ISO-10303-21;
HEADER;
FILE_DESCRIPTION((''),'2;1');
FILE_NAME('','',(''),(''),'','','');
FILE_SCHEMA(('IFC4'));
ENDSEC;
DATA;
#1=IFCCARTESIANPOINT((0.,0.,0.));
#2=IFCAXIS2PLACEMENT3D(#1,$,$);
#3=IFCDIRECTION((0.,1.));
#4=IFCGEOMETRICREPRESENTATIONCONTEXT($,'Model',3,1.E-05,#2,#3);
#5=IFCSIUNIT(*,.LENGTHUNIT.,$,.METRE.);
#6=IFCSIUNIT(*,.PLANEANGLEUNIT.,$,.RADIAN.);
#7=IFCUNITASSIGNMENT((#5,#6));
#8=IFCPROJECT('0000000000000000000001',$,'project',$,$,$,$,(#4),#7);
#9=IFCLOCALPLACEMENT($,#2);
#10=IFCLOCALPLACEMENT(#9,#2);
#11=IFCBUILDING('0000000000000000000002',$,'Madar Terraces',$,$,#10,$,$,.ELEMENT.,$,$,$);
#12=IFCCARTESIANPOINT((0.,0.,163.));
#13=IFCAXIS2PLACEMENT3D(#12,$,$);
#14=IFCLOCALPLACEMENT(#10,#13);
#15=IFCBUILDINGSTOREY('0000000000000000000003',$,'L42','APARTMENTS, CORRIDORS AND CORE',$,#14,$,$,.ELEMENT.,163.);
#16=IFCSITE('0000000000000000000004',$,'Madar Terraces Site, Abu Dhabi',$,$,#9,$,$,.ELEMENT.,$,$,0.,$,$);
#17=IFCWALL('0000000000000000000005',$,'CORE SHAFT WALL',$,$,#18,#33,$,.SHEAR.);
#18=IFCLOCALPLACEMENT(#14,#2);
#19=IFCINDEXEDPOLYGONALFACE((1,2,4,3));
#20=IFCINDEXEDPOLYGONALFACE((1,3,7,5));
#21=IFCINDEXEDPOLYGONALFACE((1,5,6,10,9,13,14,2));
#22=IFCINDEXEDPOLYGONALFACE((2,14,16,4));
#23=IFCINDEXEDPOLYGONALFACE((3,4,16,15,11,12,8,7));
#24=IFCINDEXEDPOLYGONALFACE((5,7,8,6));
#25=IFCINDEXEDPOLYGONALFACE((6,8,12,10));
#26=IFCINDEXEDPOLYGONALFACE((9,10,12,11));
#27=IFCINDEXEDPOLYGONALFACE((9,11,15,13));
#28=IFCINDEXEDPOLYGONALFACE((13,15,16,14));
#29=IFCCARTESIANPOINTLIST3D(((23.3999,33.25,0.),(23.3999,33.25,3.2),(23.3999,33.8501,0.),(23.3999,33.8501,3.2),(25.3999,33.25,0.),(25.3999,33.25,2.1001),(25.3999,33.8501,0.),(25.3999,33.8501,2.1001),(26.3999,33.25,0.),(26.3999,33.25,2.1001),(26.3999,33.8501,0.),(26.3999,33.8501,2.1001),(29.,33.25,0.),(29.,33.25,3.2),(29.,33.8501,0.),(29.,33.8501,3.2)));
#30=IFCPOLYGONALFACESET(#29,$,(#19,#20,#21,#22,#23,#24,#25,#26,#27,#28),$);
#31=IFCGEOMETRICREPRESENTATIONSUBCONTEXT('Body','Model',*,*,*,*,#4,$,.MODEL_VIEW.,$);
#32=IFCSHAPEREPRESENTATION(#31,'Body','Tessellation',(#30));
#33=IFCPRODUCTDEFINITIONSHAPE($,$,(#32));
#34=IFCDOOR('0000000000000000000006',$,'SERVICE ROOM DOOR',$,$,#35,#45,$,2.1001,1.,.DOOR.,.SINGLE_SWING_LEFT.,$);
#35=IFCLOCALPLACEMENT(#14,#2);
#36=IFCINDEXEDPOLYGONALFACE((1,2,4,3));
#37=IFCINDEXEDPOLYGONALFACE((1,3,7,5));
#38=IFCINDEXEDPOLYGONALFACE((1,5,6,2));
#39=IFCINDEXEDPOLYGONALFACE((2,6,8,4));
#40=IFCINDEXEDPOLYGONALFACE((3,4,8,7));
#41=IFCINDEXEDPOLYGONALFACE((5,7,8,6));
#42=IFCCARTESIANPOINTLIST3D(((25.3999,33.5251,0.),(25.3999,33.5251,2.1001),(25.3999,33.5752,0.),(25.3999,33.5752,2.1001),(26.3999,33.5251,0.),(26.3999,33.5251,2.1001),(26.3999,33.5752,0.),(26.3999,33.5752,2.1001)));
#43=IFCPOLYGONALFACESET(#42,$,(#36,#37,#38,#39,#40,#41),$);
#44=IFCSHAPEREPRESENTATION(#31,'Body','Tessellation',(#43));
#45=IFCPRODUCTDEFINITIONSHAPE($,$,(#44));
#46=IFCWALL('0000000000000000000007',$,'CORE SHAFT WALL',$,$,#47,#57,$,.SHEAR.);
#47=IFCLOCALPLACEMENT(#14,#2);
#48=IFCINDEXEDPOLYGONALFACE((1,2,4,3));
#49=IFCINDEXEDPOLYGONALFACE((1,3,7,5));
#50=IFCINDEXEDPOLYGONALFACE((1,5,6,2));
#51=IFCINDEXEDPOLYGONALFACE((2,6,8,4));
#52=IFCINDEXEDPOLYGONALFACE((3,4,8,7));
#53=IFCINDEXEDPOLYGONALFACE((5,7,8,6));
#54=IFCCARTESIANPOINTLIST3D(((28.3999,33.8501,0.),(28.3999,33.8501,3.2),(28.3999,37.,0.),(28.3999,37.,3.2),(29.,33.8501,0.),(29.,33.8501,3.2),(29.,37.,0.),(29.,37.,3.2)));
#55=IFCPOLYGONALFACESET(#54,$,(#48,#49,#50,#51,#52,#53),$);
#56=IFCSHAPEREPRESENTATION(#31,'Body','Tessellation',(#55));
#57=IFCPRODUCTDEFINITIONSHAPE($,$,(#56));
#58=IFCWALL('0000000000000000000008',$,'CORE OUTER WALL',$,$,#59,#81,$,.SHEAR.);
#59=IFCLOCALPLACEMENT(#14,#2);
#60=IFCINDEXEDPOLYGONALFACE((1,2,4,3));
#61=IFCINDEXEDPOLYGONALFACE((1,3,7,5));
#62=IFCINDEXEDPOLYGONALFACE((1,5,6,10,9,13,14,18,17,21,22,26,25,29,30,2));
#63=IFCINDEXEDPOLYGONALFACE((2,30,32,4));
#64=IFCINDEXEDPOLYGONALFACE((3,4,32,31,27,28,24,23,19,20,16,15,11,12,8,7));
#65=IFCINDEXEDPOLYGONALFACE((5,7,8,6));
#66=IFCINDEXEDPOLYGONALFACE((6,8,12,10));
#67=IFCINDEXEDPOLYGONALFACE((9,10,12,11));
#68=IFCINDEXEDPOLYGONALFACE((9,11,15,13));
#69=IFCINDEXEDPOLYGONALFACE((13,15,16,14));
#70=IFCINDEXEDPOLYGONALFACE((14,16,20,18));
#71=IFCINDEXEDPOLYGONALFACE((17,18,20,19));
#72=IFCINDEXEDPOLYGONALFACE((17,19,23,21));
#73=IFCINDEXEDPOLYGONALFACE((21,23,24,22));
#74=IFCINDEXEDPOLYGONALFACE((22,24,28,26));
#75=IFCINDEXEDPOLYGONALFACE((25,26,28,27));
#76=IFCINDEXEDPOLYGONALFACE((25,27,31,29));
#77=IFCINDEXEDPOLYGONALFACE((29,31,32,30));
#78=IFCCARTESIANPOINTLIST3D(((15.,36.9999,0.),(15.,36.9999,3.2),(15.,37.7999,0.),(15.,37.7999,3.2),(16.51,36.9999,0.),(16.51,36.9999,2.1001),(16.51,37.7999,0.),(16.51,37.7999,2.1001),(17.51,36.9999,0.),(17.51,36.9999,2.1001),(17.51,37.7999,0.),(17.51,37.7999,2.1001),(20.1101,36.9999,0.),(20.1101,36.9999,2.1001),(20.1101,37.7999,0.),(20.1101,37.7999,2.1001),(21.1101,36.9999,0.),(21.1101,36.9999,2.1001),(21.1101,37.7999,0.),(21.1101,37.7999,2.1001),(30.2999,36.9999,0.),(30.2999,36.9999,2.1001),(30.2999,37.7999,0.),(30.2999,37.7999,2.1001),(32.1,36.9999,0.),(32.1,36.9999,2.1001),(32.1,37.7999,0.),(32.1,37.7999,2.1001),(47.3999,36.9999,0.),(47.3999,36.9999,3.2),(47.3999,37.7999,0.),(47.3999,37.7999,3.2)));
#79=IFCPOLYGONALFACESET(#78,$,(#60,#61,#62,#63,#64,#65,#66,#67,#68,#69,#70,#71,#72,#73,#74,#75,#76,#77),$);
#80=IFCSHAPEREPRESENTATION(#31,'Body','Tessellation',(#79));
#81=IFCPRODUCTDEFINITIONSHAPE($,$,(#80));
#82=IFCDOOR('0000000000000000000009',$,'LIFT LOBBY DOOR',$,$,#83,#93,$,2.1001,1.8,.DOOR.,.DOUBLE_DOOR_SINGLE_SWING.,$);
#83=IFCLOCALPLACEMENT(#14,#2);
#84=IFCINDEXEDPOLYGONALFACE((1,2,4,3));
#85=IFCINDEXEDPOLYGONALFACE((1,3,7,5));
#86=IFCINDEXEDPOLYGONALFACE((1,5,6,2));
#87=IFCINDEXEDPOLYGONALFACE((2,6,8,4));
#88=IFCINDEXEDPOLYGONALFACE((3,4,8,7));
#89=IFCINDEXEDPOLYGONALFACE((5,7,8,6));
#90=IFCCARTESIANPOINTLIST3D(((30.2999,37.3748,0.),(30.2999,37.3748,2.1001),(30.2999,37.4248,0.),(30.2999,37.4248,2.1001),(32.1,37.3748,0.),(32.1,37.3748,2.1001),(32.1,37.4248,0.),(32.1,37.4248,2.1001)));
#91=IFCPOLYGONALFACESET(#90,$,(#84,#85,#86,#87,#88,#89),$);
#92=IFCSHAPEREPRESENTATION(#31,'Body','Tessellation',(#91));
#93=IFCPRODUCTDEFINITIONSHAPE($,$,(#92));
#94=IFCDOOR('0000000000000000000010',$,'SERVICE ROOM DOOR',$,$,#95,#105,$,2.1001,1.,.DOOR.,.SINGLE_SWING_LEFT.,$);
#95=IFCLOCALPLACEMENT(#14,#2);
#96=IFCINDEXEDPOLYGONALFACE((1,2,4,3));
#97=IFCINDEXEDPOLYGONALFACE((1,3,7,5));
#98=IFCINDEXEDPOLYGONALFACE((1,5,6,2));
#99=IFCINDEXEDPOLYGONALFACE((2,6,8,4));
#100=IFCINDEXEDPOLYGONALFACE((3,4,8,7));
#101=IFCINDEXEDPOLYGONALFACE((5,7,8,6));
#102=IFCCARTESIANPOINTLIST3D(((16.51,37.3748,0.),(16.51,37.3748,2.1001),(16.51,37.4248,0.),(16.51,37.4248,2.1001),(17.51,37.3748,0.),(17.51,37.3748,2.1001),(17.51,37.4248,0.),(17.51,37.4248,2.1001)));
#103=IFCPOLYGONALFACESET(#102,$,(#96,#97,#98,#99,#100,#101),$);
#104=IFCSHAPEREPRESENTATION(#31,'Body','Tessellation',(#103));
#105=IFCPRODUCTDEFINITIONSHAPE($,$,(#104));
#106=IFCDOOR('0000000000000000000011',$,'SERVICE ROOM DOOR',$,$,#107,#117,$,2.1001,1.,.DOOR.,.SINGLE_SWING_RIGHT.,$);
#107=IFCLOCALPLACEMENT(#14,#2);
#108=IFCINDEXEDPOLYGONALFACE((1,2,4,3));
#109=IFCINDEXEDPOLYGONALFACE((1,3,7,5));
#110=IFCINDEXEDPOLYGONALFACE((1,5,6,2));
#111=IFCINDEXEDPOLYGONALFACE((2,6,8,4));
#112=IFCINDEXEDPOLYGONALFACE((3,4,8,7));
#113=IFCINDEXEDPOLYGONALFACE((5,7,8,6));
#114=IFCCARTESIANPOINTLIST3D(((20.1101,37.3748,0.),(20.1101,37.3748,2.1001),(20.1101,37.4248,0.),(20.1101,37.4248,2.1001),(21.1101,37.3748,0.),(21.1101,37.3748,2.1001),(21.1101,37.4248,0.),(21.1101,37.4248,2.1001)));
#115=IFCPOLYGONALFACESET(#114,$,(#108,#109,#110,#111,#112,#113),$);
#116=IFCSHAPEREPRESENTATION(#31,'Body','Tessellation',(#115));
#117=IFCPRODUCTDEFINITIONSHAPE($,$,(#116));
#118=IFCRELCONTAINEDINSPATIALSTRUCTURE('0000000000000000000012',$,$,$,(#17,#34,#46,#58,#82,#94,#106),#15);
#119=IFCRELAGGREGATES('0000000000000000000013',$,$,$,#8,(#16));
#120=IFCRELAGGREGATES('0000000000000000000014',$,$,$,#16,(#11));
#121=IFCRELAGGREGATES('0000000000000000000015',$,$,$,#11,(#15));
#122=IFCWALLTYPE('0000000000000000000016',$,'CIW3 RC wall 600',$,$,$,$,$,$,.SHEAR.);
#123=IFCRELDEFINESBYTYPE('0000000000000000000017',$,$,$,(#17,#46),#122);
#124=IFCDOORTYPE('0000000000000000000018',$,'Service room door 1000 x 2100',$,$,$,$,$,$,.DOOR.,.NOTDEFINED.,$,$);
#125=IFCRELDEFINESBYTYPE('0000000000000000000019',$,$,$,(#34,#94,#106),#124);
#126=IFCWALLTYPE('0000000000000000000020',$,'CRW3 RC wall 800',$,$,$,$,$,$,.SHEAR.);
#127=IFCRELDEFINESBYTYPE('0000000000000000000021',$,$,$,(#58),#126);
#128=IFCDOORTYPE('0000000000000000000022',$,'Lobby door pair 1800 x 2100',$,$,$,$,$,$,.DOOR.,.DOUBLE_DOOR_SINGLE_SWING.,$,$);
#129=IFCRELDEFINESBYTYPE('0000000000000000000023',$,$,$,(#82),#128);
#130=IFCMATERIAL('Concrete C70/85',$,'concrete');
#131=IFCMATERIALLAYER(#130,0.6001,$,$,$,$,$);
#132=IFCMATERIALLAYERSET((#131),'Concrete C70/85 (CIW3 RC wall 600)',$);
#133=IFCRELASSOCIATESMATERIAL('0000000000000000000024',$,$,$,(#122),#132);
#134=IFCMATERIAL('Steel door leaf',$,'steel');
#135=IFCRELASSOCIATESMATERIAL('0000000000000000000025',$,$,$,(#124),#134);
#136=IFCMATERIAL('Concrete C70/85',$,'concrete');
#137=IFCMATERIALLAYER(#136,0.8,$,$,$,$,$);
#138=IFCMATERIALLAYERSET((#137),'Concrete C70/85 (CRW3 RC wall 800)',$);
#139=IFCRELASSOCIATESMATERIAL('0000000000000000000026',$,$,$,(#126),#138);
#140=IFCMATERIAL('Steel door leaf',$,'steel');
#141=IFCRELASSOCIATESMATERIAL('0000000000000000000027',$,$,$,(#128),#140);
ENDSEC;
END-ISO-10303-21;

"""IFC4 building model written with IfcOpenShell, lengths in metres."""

from ifc_helpers import new_model, si_unit, direction, frame, frame_2d, origin, place, context, subcontext, project, spatial, rectangle, extrude, material, layer, layer_set, type_object, element, fill, save


model = new_model("IFC4")

# Units and contexts
model_context = context("Model", 3, precision=1e-05, world=origin(), true_north=direction((0.0, 1.0)))
body_context = subcontext(model_context, "Body", "Model", "MODEL_VIEW")
ifc_project = project(units=[si_unit("LENGTHUNIT", "METRE"), si_unit("PLANEANGLEUNIT", "RADIAN")], contexts=[model_context])

# Site, building, storey
site_placement = place(None, origin())
site = spatial("IfcSite", under=ifc_project, at=site_placement, Name="Madar Terraces Site, Abu Dhabi", CompositionType="ELEMENT", RefElevation=0.0)
building_placement = place(site_placement, origin())
building = spatial("IfcBuilding", under=site, at=building_placement, Name="Madar Terraces", CompositionType="ELEMENT")
storey_placement = place(building_placement, frame((0.0, 0.0, 163.0)))
storey = spatial("IfcBuildingStorey", under=building, at=storey_placement, Name="L42", Description="APARTMENTS, CORRIDORS AND CORE", CompositionType="ELEMENT", Elevation=163.0)

# Wall, opening, door
ifc_material_1 = material(Name="Concrete C70/85", Category="concrete")
ifc_layer_1 = layer(ifc_material_1, 0.6001)
ifc_layer_set_1 = layer_set([ifc_layer_1], Name="Concrete C70/85 (CIW3 RC wall 600)")
wall_type_1 = type_object("IfcWallType", Name="CIW3 RC wall 600", PredefinedType="SHEAR", material=ifc_layer_set_1)
wall_1_placement = place(storey_placement, frame((23.3999, 33.55, 0.0), z_axis=(0.0, 0.0, 1.0), x_axis=(1.0, 0.0, 0.0)))
wall_1 = element("IfcWall", 1, at=wall_1_placement, inside=storey, type_object=wall_type_1, Name="CORE SHAFT WALL", PredefinedType="SHEAR", context=body_context, shape_type="SweptSolid", body=[
    extrude(rectangle(XDim=5.6001, YDim=0.6001, at=frame_2d((2.8, 0.0))), origin(), (0.0, 0.0, 1.0), 3.2),
])
opening_1_placement = place(wall_1_placement, frame((2.0, 0.0, 0.0)))
opening_1 = element("IfcOpeningElement", 2, at=opening_1_placement, cuts=wall_1, PredefinedType="OPENING", context=body_context, shape_type="SweptSolid", body=[
    extrude(rectangle(XDim=1.0, YDim=2.1001, at=frame_2d((0.5, 1.05))), frame((0.0, 0.3101, 0.0), z_axis=(0.0, -1.0, 0.0), x_axis=(1.0, 0.0, 0.0)), (0.0, 0.0, 1.0), 0.6201),
])
ifc_material_2 = material(Name="Steel door leaf", Category="steel")
door_type_1 = type_object("IfcDoorType", Name="Service room door 1000 x 2100", OperationType="NOTDEFINED", PredefinedType="DOOR", material=ifc_material_2)
door_1_placement = place(opening_1_placement, frame((1.0, 0.0, 0.0), z_axis=(0.0, 0.0, 1.0), x_axis=(-1.0, 0.0, 0.0)))
door_1 = element("IfcDoor", 3, at=door_1_placement, inside=storey, type_object=door_type_1, Name="SERVICE ROOM DOOR", OperationType="SINGLE_SWING_LEFT", OverallHeight=2.1001, OverallWidth=1.0, PredefinedType="DOOR", context=body_context, shape_type="SweptSolid", body=[
    extrude(rectangle(XDim=1.0, YDim=2.1001, at=frame_2d((0.5, 1.05))), frame((0.0, 0.0249, 0.0), z_axis=(0.0, -1.0, 0.0), x_axis=(1.0, 0.0, 0.0)), (0.0, 0.0, 1.0), 0.05),
])
fill(opening_1, door_1)

# Wall
wall_2_placement = place(storey_placement, frame((28.7, 33.8501, 0.0), z_axis=(0.0, 0.0, 1.0), x_axis=(0.0, 1.0, 0.0)))
element("IfcWall", 4, at=wall_2_placement, inside=storey, type_object=wall_type_1, Name="CORE SHAFT WALL", PredefinedType="SHEAR", context=body_context, shape_type="SweptSolid", body=[
    extrude(rectangle(XDim=3.1499, YDim=0.6001, at=frame_2d((1.575, 0.0))), origin(), (0.0, 0.0, 1.0), 3.2),
])

# Wall, openings, doors
ifc_material_3 = material(Name="Concrete C70/85", Category="concrete")
ifc_layer_2 = layer(ifc_material_3, 0.8)
ifc_layer_set_2 = layer_set([ifc_layer_2], Name="Concrete C70/85 (CRW3 RC wall 800)")
wall_type_2 = type_object("IfcWallType", Name="CRW3 RC wall 800", PredefinedType="SHEAR", material=ifc_layer_set_2)
wall_3_placement = place(storey_placement, frame((15.0, 37.3999, 0.0), z_axis=(0.0, 0.0, 1.0), x_axis=(1.0, 0.0, 0.0)))
wall_3 = element("IfcWall", 5, at=wall_3_placement, inside=storey, type_object=wall_type_2, Name="CORE OUTER WALL", PredefinedType="SHEAR", context=body_context, shape_type="SweptSolid", body=[
    extrude(rectangle(XDim=32.3999, YDim=0.8, at=frame_2d((16.2, 0.0))), origin(), (0.0, 0.0, 1.0), 3.2),
])
opening_2_placement = place(wall_3_placement, frame((15.3, 0.0, 0.0)))
opening_2 = element("IfcOpeningElement", 6, at=opening_2_placement, cuts=wall_3, PredefinedType="OPENING", context=body_context, shape_type="SweptSolid", body=[
    extrude(rectangle(XDim=1.8, YDim=2.1001, at=frame_2d((0.8999, 1.05))), frame((0.0, 0.4099, 0.0), z_axis=(0.0, -1.0, 0.0), x_axis=(1.0, 0.0, 0.0)), (0.0, 0.0, 1.0), 0.8201),
])
opening_3_placement = place(wall_3_placement, frame((1.51, 0.0, 0.0)))
opening_3 = element("IfcOpeningElement", 7, at=opening_3_placement, cuts=wall_3, PredefinedType="OPENING", context=body_context, shape_type="SweptSolid", body=[
    extrude(rectangle(XDim=1.0, YDim=2.1001, at=frame_2d((0.5, 1.05))), frame((0.0, 0.4099, 0.0), z_axis=(0.0, -1.0, 0.0), x_axis=(1.0, 0.0, 0.0)), (0.0, 0.0, 1.0), 0.8201),
])
opening_4_placement = place(wall_3_placement, frame((5.1101, 0.0, 0.0)))
opening_4 = element("IfcOpeningElement", 8, at=opening_4_placement, cuts=wall_3, PredefinedType="OPENING", context=body_context, shape_type="SweptSolid", body=[
    extrude(rectangle(XDim=1.0, YDim=2.1001, at=frame_2d((0.5, 1.05))), frame((0.0, 0.4099, 0.0), z_axis=(0.0, -1.0, 0.0), x_axis=(1.0, 0.0, 0.0)), (0.0, 0.0, 1.0), 0.8201),
])
ifc_material_4 = material(Name="Steel door leaf", Category="steel")
door_type_2 = type_object("IfcDoorType", Name="Lobby door pair 1800 x 2100", OperationType="DOUBLE_DOOR_SINGLE_SWING", PredefinedType="DOOR", material=ifc_material_4)
door_2_placement = place(opening_2_placement, origin())
door_2 = element("IfcDoor", 9, at=door_2_placement, inside=storey, type_object=door_type_2, Name="LIFT LOBBY DOOR", OperationType="DOUBLE_DOOR_SINGLE_SWING", OverallHeight=2.1001, OverallWidth=1.8, PredefinedType="DOOR", context=body_context, shape_type="SweptSolid", body=[
    extrude(rectangle(XDim=1.8, YDim=2.1001, at=frame_2d((0.8999, 1.05))), frame((0.0, 0.0249, 0.0), z_axis=(0.0, -1.0, 0.0), x_axis=(1.0, 0.0, 0.0)), (0.0, 0.0, 1.0), 0.05),
])
fill(opening_2, door_2)
door_3_placement = place(opening_3_placement, origin())
door_3 = element("IfcDoor", 10, at=door_3_placement, inside=storey, type_object=door_type_1, Name="SERVICE ROOM DOOR", OperationType="SINGLE_SWING_LEFT", OverallHeight=2.1001, OverallWidth=1.0, PredefinedType="DOOR", context=body_context, shape_type="SweptSolid", body=[
    extrude(rectangle(XDim=1.0, YDim=2.1001, at=frame_2d((0.5, 1.05))), frame((0.0, 0.0249, 0.0), z_axis=(0.0, -1.0, 0.0), x_axis=(1.0, 0.0, 0.0)), (0.0, 0.0, 1.0), 0.05),
])
fill(opening_3, door_3)
door_4_placement = place(opening_4_placement, origin())
door_4 = element("IfcDoor", 11, at=door_4_placement, inside=storey, type_object=door_type_1, Name="SERVICE ROOM DOOR", OperationType="SINGLE_SWING_RIGHT", OverallHeight=2.1001, OverallWidth=1.0, PredefinedType="DOOR", context=body_context, shape_type="SweptSolid", body=[
    extrude(rectangle(XDim=1.0, YDim=2.1001, at=frame_2d((0.5, 1.05))), frame((0.0, 0.0249, 0.0), z_axis=(0.0, -1.0, 0.0), x_axis=(1.0, 0.0, 0.0)), (0.0, 0.0, 1.0), 0.05),
])
fill(opening_4, door_4)

save(model, "model.ifc")
